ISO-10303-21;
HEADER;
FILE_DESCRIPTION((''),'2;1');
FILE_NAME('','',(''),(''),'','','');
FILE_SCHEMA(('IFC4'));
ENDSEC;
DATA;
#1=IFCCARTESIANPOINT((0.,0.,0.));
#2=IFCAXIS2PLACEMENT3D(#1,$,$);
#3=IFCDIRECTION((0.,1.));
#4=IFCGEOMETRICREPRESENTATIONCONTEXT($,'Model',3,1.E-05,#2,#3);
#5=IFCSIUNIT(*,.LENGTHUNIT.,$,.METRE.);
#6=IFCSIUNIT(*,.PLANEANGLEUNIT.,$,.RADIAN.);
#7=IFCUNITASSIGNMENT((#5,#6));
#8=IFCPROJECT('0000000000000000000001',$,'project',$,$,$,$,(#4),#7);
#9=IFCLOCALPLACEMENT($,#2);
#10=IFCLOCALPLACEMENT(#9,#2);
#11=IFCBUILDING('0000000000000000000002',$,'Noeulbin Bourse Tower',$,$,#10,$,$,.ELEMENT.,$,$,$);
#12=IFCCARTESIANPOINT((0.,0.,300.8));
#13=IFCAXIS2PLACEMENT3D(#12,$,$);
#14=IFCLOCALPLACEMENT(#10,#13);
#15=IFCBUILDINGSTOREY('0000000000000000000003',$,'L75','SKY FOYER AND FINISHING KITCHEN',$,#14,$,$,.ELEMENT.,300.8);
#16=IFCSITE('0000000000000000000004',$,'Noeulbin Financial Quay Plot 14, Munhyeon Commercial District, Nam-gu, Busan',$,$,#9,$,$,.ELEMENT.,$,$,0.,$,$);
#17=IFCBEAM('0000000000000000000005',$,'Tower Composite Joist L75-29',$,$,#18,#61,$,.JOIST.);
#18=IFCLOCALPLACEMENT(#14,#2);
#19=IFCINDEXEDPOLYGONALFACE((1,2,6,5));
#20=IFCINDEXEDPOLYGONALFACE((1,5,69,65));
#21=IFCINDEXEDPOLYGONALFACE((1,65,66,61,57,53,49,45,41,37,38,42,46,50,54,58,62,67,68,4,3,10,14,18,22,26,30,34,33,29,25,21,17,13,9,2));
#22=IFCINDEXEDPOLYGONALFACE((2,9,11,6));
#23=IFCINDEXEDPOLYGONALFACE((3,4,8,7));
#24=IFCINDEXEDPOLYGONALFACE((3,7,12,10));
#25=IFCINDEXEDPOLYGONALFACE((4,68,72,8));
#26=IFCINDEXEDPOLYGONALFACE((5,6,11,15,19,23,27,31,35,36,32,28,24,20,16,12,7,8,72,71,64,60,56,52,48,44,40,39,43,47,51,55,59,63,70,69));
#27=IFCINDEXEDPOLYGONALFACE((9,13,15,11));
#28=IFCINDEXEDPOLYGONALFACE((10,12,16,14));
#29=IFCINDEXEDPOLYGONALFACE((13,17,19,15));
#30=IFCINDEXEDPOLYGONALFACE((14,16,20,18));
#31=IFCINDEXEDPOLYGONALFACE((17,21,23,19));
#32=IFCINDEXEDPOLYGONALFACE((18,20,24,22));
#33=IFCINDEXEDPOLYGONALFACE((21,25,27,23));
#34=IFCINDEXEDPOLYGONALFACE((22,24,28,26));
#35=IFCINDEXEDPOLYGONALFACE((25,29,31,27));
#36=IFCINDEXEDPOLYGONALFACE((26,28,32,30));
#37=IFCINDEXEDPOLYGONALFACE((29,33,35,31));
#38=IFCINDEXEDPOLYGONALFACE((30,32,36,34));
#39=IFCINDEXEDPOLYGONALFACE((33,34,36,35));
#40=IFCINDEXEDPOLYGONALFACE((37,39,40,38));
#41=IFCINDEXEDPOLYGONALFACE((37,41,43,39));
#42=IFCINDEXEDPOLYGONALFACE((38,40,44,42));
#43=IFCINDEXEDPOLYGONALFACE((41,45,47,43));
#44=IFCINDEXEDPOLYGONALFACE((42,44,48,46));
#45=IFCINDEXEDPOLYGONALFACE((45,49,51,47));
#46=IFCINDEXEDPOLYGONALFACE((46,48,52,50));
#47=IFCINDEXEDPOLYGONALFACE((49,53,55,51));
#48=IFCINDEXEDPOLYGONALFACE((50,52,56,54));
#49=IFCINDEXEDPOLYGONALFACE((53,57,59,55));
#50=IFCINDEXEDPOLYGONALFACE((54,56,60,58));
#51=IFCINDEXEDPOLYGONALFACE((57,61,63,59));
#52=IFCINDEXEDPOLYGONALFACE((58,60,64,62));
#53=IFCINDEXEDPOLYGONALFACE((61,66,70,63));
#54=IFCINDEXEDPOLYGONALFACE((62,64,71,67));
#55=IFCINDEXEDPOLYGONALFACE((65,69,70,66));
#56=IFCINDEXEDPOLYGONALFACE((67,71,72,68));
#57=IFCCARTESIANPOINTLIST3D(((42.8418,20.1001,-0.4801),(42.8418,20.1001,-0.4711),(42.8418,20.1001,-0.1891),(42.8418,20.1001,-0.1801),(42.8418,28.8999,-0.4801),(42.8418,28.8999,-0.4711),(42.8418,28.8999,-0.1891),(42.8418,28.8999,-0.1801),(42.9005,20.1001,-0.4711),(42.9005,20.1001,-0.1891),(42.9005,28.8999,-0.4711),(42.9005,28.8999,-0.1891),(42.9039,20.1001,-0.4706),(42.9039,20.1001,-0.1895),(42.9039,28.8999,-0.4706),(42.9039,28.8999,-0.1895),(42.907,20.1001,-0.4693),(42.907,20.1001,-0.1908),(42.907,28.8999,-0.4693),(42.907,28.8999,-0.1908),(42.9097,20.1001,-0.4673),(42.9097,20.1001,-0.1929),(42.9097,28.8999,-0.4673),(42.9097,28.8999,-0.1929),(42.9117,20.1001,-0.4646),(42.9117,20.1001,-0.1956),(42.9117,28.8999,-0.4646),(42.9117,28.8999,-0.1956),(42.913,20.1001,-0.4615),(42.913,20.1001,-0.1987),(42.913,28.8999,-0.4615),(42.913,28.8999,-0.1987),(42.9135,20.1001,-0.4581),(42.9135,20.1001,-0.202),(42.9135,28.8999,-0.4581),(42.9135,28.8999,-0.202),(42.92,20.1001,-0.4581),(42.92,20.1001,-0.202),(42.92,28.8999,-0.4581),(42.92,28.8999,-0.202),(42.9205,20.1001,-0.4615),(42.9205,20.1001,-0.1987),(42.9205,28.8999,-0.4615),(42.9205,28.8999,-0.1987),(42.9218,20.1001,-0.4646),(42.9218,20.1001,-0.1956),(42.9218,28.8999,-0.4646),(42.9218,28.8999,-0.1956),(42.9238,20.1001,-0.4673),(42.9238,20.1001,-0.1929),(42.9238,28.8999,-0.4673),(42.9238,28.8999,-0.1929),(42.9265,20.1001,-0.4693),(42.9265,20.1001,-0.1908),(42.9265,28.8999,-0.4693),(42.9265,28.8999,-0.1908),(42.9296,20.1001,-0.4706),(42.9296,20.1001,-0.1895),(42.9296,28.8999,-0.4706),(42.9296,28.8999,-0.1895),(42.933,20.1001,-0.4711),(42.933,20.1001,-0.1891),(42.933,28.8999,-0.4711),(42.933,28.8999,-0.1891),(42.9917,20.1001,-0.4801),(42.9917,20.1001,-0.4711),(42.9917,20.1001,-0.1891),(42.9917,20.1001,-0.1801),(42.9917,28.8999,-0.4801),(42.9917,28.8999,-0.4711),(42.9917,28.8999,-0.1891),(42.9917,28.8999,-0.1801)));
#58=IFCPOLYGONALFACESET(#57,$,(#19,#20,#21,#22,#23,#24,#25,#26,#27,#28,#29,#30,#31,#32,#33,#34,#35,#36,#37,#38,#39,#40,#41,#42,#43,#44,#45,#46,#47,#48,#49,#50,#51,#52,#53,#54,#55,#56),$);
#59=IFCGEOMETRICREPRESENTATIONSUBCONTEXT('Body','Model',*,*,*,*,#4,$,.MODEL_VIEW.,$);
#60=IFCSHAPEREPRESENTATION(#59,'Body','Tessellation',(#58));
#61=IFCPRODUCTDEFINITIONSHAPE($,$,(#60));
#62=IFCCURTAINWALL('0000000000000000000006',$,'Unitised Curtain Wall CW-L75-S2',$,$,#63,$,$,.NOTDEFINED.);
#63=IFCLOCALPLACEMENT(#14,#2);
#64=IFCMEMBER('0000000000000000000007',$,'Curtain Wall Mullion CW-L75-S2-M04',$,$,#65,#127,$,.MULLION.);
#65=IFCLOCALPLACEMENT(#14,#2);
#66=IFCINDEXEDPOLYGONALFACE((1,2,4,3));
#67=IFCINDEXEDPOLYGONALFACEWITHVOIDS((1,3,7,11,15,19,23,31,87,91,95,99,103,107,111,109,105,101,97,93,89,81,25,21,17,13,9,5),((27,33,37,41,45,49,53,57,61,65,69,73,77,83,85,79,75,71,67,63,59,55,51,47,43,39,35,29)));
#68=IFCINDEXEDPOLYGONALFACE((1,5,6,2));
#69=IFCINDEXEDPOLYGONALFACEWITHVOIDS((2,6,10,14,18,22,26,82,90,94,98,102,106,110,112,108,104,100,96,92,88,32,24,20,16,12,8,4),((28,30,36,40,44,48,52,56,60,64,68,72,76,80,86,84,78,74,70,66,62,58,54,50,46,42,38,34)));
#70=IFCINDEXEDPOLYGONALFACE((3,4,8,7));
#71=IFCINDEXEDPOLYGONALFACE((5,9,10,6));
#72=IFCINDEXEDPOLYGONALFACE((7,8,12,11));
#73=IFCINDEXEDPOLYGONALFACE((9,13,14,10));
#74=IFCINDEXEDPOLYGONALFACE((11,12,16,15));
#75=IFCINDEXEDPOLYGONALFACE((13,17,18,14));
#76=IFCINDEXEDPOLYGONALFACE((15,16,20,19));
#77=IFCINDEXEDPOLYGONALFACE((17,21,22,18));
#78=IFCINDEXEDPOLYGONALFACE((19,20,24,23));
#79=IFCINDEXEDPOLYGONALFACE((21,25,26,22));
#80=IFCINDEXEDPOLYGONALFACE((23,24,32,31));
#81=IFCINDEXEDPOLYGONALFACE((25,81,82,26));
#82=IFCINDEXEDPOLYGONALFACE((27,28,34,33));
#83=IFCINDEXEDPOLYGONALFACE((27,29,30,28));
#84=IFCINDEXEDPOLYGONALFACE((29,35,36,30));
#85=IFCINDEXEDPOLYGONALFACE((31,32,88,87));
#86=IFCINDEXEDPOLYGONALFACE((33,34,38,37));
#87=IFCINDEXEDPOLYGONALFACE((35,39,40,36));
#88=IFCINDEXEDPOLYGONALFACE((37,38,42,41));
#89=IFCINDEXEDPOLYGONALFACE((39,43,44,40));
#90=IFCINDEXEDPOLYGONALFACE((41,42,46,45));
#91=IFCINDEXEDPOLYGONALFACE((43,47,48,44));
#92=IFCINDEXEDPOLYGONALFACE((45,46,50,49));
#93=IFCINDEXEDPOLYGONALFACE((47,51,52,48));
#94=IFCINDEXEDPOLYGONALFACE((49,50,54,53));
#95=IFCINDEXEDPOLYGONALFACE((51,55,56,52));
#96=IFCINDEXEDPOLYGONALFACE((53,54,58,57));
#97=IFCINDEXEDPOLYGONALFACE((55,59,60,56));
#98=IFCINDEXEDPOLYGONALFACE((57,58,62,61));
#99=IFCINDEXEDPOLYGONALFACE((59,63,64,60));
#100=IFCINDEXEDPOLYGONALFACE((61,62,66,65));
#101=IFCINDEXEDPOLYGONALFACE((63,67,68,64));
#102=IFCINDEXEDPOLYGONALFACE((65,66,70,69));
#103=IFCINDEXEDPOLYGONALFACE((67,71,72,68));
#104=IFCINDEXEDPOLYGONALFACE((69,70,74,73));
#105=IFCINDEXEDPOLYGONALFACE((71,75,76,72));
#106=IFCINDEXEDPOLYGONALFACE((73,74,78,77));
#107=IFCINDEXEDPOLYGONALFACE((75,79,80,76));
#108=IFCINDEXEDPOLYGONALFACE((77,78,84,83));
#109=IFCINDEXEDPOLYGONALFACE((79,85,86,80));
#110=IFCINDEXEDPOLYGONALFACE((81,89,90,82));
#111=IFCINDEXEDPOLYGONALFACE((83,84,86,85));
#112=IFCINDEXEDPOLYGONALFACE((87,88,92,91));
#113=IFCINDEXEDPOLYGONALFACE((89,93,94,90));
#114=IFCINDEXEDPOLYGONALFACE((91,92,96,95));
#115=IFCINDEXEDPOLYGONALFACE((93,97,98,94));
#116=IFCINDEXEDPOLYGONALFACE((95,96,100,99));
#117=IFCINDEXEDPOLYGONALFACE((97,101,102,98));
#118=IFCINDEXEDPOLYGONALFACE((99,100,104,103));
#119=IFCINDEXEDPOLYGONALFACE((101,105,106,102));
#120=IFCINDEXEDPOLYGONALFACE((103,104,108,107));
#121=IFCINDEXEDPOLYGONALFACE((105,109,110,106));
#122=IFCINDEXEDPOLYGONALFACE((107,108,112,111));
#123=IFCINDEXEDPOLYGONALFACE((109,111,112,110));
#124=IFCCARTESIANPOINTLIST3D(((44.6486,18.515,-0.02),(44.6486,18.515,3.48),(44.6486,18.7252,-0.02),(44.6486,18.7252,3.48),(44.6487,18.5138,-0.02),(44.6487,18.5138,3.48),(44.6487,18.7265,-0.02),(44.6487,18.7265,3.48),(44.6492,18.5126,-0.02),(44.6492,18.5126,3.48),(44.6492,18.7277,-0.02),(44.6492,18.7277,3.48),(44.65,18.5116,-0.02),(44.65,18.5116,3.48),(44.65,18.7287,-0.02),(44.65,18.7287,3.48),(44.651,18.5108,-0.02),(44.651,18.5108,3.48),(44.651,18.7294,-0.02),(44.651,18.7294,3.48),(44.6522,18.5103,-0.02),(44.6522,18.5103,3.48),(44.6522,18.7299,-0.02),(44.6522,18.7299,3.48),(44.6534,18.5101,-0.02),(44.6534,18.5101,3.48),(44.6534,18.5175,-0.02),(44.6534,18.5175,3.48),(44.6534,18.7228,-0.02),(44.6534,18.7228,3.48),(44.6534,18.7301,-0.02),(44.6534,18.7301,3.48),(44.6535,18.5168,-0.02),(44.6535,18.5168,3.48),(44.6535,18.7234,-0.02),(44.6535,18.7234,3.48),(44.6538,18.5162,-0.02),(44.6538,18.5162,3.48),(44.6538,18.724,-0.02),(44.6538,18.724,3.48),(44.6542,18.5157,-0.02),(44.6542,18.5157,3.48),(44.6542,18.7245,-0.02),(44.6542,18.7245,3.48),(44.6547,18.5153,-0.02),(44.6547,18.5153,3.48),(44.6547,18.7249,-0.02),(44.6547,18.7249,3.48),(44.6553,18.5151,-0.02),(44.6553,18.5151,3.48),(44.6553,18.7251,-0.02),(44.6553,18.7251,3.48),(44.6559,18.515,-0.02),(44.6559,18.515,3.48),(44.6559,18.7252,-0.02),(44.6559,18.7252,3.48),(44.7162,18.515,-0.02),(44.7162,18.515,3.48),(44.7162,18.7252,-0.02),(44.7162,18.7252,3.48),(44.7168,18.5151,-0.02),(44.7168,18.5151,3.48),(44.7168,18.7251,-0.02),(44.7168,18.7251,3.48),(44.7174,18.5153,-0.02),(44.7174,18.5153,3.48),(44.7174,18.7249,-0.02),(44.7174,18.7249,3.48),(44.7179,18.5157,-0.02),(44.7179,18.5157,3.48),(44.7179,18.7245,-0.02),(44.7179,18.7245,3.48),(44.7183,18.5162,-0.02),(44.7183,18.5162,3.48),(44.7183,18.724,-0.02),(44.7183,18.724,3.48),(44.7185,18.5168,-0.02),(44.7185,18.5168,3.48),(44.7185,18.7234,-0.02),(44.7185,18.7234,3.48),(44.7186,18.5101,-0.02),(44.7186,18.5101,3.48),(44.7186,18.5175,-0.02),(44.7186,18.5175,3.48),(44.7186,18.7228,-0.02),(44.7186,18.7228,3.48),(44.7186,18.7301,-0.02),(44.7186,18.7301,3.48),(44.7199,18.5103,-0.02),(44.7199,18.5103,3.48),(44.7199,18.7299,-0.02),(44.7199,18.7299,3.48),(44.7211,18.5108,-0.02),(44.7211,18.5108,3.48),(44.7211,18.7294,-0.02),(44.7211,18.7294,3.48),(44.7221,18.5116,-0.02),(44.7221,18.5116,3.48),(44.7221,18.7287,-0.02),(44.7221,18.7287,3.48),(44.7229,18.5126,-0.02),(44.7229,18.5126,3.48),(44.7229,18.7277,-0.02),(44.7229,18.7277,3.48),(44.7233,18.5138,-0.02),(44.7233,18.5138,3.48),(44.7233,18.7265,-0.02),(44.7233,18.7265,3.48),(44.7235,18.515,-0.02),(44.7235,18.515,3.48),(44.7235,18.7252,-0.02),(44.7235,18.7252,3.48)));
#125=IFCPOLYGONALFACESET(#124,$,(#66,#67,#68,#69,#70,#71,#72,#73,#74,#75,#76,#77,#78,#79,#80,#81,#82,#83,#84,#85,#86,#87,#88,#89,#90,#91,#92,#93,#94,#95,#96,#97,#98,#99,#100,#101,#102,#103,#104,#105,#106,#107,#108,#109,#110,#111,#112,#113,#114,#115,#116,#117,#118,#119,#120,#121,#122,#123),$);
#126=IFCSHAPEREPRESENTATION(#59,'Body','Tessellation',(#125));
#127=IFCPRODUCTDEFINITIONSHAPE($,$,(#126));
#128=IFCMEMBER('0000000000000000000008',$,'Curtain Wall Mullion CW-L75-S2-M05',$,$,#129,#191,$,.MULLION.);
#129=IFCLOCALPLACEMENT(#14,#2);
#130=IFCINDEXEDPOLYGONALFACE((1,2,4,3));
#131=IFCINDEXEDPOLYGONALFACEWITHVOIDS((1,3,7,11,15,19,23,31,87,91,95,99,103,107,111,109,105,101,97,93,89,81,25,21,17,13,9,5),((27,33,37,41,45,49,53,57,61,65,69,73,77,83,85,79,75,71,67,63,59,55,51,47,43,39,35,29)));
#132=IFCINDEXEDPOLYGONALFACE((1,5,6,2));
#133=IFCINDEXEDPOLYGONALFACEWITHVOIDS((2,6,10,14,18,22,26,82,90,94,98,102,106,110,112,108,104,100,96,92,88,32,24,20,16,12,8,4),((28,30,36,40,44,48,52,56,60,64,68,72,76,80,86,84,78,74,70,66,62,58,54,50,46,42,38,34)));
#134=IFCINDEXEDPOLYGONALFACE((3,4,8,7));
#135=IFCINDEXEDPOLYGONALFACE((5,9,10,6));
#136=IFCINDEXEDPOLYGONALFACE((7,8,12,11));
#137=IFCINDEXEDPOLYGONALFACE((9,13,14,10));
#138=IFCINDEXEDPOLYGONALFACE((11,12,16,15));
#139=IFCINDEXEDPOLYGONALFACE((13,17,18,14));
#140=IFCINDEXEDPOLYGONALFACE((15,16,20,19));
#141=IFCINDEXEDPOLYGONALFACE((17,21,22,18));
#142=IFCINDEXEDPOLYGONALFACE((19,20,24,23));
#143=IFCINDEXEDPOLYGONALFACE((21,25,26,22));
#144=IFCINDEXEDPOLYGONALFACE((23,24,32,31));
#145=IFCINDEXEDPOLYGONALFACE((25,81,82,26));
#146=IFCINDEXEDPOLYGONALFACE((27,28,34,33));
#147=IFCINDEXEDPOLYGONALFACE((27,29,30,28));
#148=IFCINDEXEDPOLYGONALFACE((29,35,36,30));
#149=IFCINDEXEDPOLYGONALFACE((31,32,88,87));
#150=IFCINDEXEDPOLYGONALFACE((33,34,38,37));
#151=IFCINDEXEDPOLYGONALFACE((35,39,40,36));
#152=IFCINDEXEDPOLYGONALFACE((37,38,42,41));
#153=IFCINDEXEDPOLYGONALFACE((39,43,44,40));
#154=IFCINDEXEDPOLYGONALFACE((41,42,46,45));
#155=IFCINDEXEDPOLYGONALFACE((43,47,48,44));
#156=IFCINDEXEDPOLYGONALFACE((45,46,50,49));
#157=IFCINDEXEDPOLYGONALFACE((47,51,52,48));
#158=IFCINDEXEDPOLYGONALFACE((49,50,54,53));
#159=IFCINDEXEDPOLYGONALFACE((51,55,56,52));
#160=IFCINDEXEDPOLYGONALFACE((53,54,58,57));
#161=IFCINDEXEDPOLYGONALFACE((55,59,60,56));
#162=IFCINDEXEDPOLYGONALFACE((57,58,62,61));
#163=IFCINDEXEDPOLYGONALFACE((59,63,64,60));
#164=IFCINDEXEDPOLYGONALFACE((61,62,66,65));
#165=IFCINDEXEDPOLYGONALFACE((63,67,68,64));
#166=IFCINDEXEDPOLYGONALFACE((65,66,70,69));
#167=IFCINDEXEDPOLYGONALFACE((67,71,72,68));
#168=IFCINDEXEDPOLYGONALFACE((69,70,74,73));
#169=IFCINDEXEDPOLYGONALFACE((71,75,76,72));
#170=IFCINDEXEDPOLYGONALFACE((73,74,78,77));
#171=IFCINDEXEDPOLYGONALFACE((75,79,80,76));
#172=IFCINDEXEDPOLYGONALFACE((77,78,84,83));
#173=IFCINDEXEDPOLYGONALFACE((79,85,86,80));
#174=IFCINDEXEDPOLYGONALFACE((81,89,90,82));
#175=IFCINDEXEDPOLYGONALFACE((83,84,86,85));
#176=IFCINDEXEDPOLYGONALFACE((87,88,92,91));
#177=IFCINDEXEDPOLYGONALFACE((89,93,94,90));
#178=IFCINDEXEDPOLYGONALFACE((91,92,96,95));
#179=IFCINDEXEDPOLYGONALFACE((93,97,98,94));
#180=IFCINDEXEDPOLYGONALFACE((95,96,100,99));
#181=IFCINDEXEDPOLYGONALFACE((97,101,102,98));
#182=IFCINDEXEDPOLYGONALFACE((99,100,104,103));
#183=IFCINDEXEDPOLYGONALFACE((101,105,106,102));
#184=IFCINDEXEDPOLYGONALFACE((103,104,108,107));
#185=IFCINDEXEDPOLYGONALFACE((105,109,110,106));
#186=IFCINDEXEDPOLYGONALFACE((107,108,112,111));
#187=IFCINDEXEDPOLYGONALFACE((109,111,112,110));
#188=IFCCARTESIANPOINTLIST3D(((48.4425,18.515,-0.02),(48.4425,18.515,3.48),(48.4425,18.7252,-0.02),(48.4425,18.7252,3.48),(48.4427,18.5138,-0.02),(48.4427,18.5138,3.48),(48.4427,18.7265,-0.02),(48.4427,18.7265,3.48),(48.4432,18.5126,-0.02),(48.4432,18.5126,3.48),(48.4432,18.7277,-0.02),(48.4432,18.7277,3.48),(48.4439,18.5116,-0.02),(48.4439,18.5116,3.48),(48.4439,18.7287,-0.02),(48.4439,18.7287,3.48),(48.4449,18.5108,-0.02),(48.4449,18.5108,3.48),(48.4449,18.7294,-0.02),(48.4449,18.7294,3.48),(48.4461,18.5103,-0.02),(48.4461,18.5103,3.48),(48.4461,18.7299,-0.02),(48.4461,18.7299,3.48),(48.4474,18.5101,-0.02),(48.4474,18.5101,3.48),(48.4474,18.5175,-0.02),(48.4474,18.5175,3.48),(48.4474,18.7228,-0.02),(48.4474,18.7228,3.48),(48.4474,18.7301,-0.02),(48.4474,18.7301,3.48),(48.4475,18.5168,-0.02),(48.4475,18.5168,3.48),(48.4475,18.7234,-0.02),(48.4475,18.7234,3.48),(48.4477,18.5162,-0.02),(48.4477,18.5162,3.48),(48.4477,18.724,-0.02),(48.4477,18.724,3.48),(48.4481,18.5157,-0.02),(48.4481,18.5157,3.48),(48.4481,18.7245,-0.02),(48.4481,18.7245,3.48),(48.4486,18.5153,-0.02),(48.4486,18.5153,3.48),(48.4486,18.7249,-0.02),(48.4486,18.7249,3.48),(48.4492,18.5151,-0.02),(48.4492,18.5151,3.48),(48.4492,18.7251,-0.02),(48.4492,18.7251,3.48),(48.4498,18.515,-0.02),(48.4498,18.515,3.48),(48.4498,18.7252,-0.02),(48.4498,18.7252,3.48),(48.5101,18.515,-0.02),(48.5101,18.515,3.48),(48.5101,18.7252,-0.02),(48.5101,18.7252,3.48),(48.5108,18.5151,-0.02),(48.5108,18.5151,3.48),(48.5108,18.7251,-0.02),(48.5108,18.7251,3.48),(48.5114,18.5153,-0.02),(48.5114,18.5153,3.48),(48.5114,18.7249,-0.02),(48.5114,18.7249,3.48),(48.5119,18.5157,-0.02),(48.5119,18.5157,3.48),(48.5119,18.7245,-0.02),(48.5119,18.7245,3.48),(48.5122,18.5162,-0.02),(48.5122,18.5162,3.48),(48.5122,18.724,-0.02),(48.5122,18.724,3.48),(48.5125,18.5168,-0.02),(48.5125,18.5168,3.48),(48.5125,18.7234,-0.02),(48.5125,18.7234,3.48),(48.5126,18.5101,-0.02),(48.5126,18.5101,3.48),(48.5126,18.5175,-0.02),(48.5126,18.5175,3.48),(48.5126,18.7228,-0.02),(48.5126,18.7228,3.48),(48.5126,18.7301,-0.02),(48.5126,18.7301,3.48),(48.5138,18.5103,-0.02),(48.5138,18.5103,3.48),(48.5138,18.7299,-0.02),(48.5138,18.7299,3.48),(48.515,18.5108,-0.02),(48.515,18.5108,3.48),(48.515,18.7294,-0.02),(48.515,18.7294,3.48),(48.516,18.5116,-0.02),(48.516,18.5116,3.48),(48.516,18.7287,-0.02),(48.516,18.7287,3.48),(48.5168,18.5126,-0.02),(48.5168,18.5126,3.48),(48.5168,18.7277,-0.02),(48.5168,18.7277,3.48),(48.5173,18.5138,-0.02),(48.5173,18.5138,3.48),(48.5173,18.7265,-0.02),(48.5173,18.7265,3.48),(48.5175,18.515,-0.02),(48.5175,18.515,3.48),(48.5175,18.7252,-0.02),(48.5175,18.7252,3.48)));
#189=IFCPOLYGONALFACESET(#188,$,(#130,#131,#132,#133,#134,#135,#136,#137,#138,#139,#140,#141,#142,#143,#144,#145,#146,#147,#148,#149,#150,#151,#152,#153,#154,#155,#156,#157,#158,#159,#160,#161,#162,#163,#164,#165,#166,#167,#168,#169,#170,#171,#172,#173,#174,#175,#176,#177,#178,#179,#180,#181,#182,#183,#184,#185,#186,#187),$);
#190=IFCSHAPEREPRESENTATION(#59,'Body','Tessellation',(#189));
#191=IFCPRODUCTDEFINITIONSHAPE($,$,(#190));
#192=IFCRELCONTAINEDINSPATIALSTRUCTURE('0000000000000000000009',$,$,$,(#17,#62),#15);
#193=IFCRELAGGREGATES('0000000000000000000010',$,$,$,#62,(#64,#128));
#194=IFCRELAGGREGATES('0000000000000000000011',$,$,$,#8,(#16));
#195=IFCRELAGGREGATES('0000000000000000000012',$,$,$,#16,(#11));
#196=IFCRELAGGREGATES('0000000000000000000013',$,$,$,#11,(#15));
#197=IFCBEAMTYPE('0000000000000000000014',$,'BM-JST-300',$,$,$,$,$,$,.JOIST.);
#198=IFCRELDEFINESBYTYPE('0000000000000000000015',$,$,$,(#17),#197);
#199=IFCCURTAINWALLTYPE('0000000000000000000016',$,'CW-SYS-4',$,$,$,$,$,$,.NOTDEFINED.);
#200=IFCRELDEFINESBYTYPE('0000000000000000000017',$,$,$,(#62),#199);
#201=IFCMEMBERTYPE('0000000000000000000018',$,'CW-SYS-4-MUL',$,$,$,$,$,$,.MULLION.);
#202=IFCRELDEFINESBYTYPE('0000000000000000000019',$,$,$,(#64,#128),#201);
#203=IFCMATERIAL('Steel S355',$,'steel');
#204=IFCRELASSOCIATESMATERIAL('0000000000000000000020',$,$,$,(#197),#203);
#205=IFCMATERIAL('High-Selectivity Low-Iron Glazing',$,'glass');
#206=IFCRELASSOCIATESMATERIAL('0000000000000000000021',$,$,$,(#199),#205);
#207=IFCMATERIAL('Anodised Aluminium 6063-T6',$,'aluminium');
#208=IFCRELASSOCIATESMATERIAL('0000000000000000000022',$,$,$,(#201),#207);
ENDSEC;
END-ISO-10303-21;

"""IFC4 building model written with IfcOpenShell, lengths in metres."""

from ifc_helpers import new_model, si_unit, direction, frame, origin, origin_2d, place, context, subcontext, project, spatial, hollow_rectangle, i_section, extrude, material, material_profile, profile_set, type_object, element, aggregate, save


model = new_model("IFC4")

# Units and contexts
model_context = context("Model", 3, precision=1e-05, world=origin(), true_north=direction((0.0, 1.0)))
body_context = subcontext(model_context, "Body", "Model", "MODEL_VIEW")
ifc_project = project(units=[si_unit("LENGTHUNIT", "METRE"), si_unit("PLANEANGLEUNIT", "RADIAN")], contexts=[model_context])

# Site, building, storey
site_placement = place(None, origin())
site = spatial("IfcSite", under=ifc_project, at=site_placement, Name="Noeulbin Financial Quay Plot 14, Munhyeon Commercial District, Nam-gu, Busan", CompositionType="ELEMENT", RefElevation=0.0)
building_placement = place(site_placement, origin())
building = spatial("IfcBuilding", under=site, at=building_placement, Name="Noeulbin Bourse Tower", CompositionType="ELEMENT")
storey_placement = place(building_placement, frame((0.0, 0.0, 300.8)))
storey = spatial("IfcBuildingStorey", under=building, at=storey_placement, Name="L75", Description="SKY FOYER AND FINISHING KITCHEN", CompositionType="ELEMENT", Elevation=300.8)

# Shared definitions
ifc_material_1 = material(Name="Steel S355", Category="steel")

# Beam
ifc_material_profile_1 = material_profile(ifc_material_1, i_section(OverallWidth=0.1499, OverallDepth=0.3, WebThickness=0.0066, FlangeThickness=0.009, FilletRadius=0.0129, at=origin_2d()), Name="H-300x150x6.5x9", Category="LoadBearing")
ifc_profile_set_1 = profile_set([ifc_material_profile_1], Name="Steel S355")
beam_type_1 = type_object("IfcBeamType", Name="BM-JST-300", PredefinedType="JOIST", material=ifc_profile_set_1)
beam_1_placement = place(storey_placement, frame((42.9167, 20.1001, -0.3301), z_axis=(0.0, 1.0, 0.0), x_axis=(-1.0, 0.0, 0.0)))
element("IfcBeam", 1, at=beam_1_placement, inside=storey, type_object=beam_type_1, Name="Tower Composite Joist L75-29", PredefinedType="JOIST", context=body_context, shape_type="SweptSolid", body=[
    extrude(i_section(OverallWidth=0.1499, OverallDepth=0.3, WebThickness=0.0066, FlangeThickness=0.009, FilletRadius=0.0129, at=origin_2d()), origin(), (0.0, 0.0, 1.0), 8.7998),
])

# Curtain wall, members
ifc_material_2 = material(Name="High-Selectivity Low-Iron Glazing", Category="glass")
curtain_wall_type = type_object("IfcCurtainWallType", Name="CW-SYS-4", PredefinedType="NOTDEFINED", material=ifc_material_2)
curtain_wall_1_placement = place(storey_placement, origin())
curtain_wall_1 = element("IfcCurtainWall", 2, at=curtain_wall_1_placement, inside=storey, type_object=curtain_wall_type, Name="Unitised Curtain Wall CW-L75-S2", PredefinedType="NOTDEFINED")
ifc_material_3 = material(Name="Anodised Aluminium 6063-T6", Category="aluminium")
ifc_material_profile_2 = material_profile(ifc_material_3, hollow_rectangle(XDim=0.075, YDim=0.22, WallThickness=0.0049, InnerFilletRadius=0.0024, OuterFilletRadius=0.0049, at=origin_2d()), Name="ALU-MULL-75x220x5", Category="LoadBearing")
ifc_profile_set_2 = profile_set([ifc_material_profile_2], Name="Anodised Aluminium 6063-T6")
member_type_1 = type_object("IfcMemberType", Name="CW-SYS-4-MUL", PredefinedType="MULLION", material=ifc_profile_set_2)
member_1_placement = place(storey_placement, frame((44.686, 18.6201, -0.02), z_axis=(0.0, 0.0, 1.0), x_axis=(1.0, 0.0, 0.0)))
member_1 = element("IfcMember", 3, at=member_1_placement, type_object=member_type_1, Name="Curtain Wall Mullion CW-L75-S2-M04", PredefinedType="MULLION", context=body_context, shape_type="SweptSolid", body=[
    extrude(hollow_rectangle(XDim=0.075, YDim=0.22, WallThickness=0.0049, InnerFilletRadius=0.0024, OuterFilletRadius=0.0049, at=origin_2d()), origin(), (0.0, 0.0, 1.0), 3.5),
])
member_2_placement = place(storey_placement, frame((48.48, 18.6201, -0.02), z_axis=(0.0, 0.0, 1.0), x_axis=(1.0, 0.0, 0.0)))
member_2 = element("IfcMember", 4, at=member_2_placement, type_object=member_type_1, Name="Curtain Wall Mullion CW-L75-S2-M05", PredefinedType="MULLION", context=body_context, shape_type="SweptSolid", body=[
    extrude(hollow_rectangle(XDim=0.075, YDim=0.22, WallThickness=0.0049, InnerFilletRadius=0.0024, OuterFilletRadius=0.0049, at=origin_2d()), origin(), (0.0, 0.0, 1.0), 3.5),
])

aggregate(curtain_wall_1, [member_1, member_2])

save(model, "model.ifc")
